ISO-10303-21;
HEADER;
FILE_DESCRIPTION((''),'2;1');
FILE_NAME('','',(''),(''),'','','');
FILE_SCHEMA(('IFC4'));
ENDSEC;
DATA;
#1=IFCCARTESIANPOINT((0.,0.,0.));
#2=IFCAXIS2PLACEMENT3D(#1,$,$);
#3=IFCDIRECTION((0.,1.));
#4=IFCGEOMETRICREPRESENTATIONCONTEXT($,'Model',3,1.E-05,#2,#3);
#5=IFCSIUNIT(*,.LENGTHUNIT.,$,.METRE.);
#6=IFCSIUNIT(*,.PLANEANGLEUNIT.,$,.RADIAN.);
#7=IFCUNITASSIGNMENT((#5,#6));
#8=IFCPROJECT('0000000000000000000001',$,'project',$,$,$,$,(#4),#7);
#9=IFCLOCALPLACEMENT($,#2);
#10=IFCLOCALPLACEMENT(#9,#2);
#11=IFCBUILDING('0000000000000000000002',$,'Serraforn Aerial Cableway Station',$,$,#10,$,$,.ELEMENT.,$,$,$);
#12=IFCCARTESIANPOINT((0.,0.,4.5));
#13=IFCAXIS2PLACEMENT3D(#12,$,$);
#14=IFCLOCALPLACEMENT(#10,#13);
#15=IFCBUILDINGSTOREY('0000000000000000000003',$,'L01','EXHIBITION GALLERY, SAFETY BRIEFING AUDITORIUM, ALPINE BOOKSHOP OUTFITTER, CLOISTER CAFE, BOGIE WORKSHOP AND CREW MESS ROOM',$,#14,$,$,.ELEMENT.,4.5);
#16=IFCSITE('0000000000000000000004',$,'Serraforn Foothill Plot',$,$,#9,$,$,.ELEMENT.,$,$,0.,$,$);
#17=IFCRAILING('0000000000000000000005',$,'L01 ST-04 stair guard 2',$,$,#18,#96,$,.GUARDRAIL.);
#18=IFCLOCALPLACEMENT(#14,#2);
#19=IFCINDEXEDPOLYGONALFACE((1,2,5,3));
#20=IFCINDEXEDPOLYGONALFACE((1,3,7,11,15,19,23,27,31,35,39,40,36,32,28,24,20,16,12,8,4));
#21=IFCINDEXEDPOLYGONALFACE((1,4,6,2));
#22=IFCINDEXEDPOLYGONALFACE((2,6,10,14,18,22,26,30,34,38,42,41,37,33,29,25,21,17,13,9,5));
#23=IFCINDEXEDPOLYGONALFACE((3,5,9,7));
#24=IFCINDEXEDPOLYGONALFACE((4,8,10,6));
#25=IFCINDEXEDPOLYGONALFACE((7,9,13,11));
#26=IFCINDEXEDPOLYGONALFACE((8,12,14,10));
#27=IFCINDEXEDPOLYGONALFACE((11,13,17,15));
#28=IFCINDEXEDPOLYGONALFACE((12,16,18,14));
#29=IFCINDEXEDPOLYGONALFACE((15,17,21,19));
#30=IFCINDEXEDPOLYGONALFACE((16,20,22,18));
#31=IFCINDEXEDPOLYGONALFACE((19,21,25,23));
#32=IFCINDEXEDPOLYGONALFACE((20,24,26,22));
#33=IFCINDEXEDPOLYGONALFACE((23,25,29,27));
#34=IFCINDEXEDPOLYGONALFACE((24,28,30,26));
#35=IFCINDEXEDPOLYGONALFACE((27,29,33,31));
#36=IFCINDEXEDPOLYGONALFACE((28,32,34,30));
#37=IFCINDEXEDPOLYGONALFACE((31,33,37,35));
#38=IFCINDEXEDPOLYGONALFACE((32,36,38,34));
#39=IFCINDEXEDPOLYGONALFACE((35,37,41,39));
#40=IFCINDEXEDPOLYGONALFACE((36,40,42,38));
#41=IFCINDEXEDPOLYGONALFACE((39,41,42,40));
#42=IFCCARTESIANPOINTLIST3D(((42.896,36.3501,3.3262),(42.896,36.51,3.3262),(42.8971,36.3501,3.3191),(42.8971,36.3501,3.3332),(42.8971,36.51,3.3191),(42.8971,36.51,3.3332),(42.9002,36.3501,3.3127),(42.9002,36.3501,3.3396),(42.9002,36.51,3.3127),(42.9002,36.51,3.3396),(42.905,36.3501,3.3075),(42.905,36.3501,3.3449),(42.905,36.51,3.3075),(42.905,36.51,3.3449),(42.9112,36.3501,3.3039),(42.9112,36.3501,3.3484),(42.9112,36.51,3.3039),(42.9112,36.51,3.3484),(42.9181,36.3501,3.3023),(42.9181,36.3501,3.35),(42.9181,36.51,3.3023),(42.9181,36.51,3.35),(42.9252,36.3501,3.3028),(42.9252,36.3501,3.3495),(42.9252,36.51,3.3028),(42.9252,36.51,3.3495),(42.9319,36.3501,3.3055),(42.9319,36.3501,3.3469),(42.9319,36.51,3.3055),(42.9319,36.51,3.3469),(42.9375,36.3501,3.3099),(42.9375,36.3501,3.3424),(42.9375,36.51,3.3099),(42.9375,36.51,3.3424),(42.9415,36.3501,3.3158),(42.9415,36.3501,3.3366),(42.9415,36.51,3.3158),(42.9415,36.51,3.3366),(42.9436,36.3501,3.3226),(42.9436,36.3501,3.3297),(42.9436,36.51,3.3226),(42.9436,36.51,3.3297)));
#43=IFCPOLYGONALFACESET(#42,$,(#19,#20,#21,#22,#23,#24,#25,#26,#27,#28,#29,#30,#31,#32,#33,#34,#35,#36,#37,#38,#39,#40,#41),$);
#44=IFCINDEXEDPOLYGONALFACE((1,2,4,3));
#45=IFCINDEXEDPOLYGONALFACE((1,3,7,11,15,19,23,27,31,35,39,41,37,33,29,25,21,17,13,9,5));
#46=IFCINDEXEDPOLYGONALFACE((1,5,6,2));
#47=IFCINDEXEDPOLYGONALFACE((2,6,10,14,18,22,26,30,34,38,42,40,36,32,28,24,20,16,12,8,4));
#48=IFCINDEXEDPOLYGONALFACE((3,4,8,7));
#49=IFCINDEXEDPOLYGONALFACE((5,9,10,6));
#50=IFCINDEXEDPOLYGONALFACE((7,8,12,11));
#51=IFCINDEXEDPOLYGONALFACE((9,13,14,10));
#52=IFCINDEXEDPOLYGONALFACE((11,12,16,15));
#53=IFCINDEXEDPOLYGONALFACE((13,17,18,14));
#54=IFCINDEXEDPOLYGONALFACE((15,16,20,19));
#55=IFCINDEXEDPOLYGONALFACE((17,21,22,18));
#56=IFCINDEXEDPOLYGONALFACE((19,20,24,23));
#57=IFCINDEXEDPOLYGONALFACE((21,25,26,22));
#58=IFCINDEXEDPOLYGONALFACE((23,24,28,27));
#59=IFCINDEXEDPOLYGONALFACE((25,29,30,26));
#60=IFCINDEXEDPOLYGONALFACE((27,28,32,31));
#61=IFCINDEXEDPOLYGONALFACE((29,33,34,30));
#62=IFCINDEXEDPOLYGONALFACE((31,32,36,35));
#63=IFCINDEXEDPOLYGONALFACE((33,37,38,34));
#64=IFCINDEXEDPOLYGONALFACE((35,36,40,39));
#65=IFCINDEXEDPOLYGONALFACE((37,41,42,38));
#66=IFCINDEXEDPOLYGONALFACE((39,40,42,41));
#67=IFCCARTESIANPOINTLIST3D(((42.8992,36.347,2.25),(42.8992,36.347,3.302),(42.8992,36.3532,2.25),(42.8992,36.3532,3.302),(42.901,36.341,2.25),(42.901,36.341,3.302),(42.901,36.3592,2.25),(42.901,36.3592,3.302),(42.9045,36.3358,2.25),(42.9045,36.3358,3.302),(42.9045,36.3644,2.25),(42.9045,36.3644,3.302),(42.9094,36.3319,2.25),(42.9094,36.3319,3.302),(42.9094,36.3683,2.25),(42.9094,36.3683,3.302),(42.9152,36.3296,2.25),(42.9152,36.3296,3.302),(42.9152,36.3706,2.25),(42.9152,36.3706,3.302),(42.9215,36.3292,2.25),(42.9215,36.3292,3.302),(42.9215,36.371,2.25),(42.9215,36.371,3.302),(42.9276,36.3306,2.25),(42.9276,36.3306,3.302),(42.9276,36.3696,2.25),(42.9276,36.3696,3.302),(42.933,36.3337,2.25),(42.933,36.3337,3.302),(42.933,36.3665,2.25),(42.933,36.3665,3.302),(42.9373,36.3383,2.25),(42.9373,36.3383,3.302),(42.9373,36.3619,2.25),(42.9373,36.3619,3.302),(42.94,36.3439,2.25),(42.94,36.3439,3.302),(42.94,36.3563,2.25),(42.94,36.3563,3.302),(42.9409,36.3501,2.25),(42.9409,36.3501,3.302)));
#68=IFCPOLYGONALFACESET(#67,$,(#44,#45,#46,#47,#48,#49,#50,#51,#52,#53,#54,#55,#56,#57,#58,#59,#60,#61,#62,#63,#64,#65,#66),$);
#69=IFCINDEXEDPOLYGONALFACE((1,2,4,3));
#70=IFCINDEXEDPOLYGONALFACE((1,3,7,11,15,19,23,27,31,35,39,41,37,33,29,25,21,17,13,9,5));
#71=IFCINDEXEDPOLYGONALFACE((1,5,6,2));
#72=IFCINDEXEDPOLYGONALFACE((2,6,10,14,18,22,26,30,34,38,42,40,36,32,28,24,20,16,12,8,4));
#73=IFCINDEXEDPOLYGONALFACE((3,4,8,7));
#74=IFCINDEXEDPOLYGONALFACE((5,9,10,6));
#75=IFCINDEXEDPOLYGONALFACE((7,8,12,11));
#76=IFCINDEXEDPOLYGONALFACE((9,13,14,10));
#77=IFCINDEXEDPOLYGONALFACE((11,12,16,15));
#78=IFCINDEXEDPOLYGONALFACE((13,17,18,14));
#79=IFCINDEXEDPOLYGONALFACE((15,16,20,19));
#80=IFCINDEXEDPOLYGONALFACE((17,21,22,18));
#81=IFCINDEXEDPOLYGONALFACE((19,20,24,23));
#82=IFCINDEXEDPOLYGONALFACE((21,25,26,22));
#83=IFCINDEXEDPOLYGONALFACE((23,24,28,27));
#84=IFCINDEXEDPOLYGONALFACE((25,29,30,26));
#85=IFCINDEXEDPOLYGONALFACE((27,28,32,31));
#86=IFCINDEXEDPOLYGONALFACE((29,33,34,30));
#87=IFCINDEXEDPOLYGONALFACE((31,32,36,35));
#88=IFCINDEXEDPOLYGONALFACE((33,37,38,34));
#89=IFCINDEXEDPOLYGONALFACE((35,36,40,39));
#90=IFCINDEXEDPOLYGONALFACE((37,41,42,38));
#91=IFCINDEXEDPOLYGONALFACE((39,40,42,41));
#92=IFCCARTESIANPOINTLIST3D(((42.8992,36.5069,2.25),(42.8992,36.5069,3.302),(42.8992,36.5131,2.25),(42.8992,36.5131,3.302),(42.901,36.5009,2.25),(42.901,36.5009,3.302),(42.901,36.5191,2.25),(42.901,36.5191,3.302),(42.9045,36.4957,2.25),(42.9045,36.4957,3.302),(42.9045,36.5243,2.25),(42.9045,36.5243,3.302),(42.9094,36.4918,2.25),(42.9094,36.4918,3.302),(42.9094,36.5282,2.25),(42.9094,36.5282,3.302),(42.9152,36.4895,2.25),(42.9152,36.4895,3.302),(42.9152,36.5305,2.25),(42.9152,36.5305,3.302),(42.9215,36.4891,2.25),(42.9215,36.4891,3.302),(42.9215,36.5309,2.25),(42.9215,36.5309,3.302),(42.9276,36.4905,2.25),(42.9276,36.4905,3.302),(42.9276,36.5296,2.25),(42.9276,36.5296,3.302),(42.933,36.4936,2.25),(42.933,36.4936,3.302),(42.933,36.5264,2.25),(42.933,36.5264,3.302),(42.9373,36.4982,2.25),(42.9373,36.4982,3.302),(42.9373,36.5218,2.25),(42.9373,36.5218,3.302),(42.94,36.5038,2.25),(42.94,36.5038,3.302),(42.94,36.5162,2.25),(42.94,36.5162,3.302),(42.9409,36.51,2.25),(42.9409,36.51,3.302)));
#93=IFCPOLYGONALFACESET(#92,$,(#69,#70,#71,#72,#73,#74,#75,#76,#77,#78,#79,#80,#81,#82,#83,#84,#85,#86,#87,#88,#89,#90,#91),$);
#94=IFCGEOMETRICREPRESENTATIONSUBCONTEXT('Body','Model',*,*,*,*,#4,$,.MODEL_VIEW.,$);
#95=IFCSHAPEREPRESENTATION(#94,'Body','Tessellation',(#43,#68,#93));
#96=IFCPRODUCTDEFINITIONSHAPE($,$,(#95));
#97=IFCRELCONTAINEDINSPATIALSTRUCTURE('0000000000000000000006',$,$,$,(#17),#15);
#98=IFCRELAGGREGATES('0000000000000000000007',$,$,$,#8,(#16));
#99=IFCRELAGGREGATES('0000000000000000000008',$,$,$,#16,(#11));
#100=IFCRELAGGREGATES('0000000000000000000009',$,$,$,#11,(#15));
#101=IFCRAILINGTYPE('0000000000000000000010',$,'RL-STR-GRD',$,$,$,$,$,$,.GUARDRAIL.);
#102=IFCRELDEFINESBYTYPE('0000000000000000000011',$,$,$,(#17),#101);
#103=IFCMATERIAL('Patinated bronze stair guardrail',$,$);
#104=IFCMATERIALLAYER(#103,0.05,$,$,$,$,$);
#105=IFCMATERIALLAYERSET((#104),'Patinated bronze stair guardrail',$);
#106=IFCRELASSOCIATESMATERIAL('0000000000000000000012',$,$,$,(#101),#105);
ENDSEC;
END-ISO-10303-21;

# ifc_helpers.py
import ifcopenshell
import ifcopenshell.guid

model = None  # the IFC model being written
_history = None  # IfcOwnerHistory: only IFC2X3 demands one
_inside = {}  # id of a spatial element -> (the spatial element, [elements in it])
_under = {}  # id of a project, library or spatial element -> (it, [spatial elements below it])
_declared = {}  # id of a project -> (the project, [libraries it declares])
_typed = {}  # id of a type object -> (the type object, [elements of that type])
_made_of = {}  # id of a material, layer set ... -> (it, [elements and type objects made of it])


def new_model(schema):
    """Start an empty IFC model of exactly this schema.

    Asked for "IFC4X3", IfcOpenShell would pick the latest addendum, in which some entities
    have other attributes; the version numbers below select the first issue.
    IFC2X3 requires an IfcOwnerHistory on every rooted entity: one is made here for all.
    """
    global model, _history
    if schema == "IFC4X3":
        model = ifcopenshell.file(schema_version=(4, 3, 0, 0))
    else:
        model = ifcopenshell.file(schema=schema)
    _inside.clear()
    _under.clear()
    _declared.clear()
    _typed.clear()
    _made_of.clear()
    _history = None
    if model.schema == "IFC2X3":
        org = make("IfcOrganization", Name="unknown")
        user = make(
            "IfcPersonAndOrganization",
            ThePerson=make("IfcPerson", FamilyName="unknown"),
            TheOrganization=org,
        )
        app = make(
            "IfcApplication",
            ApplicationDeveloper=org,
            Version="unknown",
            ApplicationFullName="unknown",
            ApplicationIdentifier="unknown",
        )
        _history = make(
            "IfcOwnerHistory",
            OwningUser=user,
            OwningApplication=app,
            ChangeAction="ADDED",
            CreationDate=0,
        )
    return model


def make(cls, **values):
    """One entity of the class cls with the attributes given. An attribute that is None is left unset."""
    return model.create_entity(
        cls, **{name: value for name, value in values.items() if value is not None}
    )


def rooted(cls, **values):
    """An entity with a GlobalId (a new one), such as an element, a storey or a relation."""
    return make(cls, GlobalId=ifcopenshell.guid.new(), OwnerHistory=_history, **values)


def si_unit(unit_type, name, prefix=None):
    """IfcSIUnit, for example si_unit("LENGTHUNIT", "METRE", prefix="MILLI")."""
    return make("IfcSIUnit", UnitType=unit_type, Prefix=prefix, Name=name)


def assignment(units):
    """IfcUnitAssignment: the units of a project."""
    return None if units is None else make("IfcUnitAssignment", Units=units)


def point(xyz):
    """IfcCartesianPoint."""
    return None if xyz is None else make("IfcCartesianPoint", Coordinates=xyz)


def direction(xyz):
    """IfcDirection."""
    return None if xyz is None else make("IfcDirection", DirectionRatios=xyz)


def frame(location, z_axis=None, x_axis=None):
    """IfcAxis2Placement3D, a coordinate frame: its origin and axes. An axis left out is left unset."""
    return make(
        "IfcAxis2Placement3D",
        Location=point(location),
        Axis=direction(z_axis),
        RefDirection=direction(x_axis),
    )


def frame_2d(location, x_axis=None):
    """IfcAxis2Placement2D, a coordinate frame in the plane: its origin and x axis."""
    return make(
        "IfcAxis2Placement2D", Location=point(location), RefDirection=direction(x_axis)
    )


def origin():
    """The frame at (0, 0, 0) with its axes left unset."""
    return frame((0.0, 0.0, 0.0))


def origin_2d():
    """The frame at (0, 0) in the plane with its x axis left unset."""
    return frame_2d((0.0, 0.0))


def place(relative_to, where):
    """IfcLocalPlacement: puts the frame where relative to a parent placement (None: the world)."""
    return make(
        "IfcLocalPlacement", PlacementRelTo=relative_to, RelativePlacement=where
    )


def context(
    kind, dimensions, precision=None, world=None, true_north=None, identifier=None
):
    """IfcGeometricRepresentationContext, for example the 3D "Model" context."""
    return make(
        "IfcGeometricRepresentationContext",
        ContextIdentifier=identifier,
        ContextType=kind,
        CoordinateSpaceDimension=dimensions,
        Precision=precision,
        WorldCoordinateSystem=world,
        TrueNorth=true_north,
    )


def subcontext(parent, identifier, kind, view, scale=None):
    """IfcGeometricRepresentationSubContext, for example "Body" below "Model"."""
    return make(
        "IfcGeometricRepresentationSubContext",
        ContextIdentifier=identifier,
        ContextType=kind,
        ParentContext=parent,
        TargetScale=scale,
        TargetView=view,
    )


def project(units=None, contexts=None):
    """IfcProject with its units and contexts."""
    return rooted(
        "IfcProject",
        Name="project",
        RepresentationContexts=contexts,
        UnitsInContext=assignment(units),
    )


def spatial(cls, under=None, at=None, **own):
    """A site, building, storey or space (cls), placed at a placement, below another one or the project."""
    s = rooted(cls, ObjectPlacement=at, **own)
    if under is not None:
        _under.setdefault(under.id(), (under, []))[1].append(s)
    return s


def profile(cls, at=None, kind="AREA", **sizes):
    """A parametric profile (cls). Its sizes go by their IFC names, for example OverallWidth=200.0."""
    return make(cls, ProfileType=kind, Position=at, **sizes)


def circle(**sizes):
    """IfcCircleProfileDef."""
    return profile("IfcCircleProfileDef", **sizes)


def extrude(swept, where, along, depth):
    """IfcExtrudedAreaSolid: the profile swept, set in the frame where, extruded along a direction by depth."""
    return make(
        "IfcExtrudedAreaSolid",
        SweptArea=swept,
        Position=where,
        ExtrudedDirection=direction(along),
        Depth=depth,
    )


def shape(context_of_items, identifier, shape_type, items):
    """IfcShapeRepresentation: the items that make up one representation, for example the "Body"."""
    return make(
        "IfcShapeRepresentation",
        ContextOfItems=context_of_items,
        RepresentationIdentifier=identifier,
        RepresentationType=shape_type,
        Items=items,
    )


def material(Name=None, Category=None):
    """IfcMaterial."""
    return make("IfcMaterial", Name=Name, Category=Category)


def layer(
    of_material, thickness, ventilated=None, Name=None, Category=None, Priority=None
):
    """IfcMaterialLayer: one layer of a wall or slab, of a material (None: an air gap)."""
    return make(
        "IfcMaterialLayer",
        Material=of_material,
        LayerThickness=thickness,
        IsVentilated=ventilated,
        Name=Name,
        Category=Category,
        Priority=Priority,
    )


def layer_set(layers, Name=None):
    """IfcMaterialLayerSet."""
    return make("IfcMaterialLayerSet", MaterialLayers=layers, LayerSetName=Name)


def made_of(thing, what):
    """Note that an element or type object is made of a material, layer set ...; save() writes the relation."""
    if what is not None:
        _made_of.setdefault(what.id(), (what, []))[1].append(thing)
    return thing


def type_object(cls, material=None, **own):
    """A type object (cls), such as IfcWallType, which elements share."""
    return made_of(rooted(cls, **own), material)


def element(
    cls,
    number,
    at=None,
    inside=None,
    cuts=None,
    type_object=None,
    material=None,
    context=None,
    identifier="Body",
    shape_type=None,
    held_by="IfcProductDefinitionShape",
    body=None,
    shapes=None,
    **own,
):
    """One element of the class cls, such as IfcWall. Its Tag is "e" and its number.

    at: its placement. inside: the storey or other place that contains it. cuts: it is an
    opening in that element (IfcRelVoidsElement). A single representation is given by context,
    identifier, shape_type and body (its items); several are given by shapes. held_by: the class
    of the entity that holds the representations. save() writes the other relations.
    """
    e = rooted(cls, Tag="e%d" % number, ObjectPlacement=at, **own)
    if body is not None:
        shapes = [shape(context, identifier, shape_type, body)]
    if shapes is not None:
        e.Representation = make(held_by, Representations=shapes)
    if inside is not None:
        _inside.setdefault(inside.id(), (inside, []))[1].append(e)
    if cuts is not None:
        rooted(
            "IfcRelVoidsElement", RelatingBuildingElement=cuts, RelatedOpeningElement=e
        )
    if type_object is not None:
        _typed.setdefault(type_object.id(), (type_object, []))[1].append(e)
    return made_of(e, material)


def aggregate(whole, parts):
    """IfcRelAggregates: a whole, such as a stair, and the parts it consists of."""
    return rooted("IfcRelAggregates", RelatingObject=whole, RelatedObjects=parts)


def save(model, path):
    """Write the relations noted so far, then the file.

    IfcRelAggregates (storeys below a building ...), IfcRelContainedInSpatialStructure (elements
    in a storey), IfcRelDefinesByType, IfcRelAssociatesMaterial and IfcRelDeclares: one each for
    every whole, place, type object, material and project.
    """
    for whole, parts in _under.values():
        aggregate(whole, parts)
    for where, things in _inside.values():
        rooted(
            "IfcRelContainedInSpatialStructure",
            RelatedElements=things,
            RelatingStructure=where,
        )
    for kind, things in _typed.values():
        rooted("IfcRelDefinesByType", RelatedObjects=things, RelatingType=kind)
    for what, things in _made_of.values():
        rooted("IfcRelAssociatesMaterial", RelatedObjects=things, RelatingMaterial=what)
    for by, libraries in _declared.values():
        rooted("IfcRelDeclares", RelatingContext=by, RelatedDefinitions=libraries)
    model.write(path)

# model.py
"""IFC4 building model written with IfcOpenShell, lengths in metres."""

from ifc_helpers import new_model, si_unit, direction, frame, origin, origin_2d, place, context, subcontext, project, spatial, circle, extrude, material, layer, layer_set, type_object, element, save


model = new_model("IFC4")

# Units and contexts
model_context = context("Model", 3, precision=1e-05, world=origin(), true_north=direction((0.0, 1.0)))
body_context = subcontext(model_context, "Body", "Model", "MODEL_VIEW")
ifc_project = project(units=[si_unit("LENGTHUNIT", "METRE"), si_unit("PLANEANGLEUNIT", "RADIAN")], contexts=[model_context])

# Site, building, storey
site_placement = place(None, origin())
site = spatial("IfcSite", under=ifc_project, at=site_placement, Name="Serraforn Foothill Plot", CompositionType="ELEMENT", RefElevation=0.0)
building_placement = place(site_placement, origin())
building = spatial("IfcBuilding", under=site, at=building_placement, Name="Serraforn Aerial Cableway Station", CompositionType="ELEMENT")
storey_placement = place(building_placement, frame((0.0, 0.0, 4.5)))
storey = spatial("IfcBuildingStorey", under=building, at=storey_placement, Name="L01", Description="EXHIBITION GALLERY, SAFETY BRIEFING AUDITORIUM, ALPINE BOOKSHOP OUTFITTER, CLOISTER CAFE, BOGIE WORKSHOP AND CREW MESS ROOM", CompositionType="ELEMENT", Elevation=4.5)

# Railing
ifc_material_1 = material(Name="Patinated bronze stair guardrail")
ifc_layer_1 = layer(ifc_material_1, 0.05)
ifc_layer_set_1 = layer_set([ifc_layer_1], Name="Patinated bronze stair guardrail")
railing_type_1 = type_object("IfcRailingType", Name="RL-STR-GRD", PredefinedType="GUARDRAIL", material=ifc_layer_set_1)
railing_1_placement = place(storey_placement, frame((42.9199, 36.3501, 2.25)))
element("IfcRailing", 1, at=railing_1_placement, inside=storey, type_object=railing_type_1, Name="L01 ST-04 stair guard 2", PredefinedType="GUARDRAIL", context=body_context, shape_type="SweptSolid", body=[
    extrude(circle(Radius=0.0239, at=origin_2d()), frame((0.0, 0.0, 1.0762), z_axis=(0.0, 1.0, 0.0), x_axis=(-1.0, 0.0, 0.0)), (0.0, 0.0, 1.0), 0.1599),
    extrude(circle(Radius=0.021, at=origin_2d()), origin(), (0.0, 0.0, 1.0), 1.052),
    extrude(circle(Radius=0.021, at=origin_2d()), frame((0.0, 0.1599, 0.0)), (0.0, 0.0, 1.0), 1.052),
])

save(model, "model.ifc")
